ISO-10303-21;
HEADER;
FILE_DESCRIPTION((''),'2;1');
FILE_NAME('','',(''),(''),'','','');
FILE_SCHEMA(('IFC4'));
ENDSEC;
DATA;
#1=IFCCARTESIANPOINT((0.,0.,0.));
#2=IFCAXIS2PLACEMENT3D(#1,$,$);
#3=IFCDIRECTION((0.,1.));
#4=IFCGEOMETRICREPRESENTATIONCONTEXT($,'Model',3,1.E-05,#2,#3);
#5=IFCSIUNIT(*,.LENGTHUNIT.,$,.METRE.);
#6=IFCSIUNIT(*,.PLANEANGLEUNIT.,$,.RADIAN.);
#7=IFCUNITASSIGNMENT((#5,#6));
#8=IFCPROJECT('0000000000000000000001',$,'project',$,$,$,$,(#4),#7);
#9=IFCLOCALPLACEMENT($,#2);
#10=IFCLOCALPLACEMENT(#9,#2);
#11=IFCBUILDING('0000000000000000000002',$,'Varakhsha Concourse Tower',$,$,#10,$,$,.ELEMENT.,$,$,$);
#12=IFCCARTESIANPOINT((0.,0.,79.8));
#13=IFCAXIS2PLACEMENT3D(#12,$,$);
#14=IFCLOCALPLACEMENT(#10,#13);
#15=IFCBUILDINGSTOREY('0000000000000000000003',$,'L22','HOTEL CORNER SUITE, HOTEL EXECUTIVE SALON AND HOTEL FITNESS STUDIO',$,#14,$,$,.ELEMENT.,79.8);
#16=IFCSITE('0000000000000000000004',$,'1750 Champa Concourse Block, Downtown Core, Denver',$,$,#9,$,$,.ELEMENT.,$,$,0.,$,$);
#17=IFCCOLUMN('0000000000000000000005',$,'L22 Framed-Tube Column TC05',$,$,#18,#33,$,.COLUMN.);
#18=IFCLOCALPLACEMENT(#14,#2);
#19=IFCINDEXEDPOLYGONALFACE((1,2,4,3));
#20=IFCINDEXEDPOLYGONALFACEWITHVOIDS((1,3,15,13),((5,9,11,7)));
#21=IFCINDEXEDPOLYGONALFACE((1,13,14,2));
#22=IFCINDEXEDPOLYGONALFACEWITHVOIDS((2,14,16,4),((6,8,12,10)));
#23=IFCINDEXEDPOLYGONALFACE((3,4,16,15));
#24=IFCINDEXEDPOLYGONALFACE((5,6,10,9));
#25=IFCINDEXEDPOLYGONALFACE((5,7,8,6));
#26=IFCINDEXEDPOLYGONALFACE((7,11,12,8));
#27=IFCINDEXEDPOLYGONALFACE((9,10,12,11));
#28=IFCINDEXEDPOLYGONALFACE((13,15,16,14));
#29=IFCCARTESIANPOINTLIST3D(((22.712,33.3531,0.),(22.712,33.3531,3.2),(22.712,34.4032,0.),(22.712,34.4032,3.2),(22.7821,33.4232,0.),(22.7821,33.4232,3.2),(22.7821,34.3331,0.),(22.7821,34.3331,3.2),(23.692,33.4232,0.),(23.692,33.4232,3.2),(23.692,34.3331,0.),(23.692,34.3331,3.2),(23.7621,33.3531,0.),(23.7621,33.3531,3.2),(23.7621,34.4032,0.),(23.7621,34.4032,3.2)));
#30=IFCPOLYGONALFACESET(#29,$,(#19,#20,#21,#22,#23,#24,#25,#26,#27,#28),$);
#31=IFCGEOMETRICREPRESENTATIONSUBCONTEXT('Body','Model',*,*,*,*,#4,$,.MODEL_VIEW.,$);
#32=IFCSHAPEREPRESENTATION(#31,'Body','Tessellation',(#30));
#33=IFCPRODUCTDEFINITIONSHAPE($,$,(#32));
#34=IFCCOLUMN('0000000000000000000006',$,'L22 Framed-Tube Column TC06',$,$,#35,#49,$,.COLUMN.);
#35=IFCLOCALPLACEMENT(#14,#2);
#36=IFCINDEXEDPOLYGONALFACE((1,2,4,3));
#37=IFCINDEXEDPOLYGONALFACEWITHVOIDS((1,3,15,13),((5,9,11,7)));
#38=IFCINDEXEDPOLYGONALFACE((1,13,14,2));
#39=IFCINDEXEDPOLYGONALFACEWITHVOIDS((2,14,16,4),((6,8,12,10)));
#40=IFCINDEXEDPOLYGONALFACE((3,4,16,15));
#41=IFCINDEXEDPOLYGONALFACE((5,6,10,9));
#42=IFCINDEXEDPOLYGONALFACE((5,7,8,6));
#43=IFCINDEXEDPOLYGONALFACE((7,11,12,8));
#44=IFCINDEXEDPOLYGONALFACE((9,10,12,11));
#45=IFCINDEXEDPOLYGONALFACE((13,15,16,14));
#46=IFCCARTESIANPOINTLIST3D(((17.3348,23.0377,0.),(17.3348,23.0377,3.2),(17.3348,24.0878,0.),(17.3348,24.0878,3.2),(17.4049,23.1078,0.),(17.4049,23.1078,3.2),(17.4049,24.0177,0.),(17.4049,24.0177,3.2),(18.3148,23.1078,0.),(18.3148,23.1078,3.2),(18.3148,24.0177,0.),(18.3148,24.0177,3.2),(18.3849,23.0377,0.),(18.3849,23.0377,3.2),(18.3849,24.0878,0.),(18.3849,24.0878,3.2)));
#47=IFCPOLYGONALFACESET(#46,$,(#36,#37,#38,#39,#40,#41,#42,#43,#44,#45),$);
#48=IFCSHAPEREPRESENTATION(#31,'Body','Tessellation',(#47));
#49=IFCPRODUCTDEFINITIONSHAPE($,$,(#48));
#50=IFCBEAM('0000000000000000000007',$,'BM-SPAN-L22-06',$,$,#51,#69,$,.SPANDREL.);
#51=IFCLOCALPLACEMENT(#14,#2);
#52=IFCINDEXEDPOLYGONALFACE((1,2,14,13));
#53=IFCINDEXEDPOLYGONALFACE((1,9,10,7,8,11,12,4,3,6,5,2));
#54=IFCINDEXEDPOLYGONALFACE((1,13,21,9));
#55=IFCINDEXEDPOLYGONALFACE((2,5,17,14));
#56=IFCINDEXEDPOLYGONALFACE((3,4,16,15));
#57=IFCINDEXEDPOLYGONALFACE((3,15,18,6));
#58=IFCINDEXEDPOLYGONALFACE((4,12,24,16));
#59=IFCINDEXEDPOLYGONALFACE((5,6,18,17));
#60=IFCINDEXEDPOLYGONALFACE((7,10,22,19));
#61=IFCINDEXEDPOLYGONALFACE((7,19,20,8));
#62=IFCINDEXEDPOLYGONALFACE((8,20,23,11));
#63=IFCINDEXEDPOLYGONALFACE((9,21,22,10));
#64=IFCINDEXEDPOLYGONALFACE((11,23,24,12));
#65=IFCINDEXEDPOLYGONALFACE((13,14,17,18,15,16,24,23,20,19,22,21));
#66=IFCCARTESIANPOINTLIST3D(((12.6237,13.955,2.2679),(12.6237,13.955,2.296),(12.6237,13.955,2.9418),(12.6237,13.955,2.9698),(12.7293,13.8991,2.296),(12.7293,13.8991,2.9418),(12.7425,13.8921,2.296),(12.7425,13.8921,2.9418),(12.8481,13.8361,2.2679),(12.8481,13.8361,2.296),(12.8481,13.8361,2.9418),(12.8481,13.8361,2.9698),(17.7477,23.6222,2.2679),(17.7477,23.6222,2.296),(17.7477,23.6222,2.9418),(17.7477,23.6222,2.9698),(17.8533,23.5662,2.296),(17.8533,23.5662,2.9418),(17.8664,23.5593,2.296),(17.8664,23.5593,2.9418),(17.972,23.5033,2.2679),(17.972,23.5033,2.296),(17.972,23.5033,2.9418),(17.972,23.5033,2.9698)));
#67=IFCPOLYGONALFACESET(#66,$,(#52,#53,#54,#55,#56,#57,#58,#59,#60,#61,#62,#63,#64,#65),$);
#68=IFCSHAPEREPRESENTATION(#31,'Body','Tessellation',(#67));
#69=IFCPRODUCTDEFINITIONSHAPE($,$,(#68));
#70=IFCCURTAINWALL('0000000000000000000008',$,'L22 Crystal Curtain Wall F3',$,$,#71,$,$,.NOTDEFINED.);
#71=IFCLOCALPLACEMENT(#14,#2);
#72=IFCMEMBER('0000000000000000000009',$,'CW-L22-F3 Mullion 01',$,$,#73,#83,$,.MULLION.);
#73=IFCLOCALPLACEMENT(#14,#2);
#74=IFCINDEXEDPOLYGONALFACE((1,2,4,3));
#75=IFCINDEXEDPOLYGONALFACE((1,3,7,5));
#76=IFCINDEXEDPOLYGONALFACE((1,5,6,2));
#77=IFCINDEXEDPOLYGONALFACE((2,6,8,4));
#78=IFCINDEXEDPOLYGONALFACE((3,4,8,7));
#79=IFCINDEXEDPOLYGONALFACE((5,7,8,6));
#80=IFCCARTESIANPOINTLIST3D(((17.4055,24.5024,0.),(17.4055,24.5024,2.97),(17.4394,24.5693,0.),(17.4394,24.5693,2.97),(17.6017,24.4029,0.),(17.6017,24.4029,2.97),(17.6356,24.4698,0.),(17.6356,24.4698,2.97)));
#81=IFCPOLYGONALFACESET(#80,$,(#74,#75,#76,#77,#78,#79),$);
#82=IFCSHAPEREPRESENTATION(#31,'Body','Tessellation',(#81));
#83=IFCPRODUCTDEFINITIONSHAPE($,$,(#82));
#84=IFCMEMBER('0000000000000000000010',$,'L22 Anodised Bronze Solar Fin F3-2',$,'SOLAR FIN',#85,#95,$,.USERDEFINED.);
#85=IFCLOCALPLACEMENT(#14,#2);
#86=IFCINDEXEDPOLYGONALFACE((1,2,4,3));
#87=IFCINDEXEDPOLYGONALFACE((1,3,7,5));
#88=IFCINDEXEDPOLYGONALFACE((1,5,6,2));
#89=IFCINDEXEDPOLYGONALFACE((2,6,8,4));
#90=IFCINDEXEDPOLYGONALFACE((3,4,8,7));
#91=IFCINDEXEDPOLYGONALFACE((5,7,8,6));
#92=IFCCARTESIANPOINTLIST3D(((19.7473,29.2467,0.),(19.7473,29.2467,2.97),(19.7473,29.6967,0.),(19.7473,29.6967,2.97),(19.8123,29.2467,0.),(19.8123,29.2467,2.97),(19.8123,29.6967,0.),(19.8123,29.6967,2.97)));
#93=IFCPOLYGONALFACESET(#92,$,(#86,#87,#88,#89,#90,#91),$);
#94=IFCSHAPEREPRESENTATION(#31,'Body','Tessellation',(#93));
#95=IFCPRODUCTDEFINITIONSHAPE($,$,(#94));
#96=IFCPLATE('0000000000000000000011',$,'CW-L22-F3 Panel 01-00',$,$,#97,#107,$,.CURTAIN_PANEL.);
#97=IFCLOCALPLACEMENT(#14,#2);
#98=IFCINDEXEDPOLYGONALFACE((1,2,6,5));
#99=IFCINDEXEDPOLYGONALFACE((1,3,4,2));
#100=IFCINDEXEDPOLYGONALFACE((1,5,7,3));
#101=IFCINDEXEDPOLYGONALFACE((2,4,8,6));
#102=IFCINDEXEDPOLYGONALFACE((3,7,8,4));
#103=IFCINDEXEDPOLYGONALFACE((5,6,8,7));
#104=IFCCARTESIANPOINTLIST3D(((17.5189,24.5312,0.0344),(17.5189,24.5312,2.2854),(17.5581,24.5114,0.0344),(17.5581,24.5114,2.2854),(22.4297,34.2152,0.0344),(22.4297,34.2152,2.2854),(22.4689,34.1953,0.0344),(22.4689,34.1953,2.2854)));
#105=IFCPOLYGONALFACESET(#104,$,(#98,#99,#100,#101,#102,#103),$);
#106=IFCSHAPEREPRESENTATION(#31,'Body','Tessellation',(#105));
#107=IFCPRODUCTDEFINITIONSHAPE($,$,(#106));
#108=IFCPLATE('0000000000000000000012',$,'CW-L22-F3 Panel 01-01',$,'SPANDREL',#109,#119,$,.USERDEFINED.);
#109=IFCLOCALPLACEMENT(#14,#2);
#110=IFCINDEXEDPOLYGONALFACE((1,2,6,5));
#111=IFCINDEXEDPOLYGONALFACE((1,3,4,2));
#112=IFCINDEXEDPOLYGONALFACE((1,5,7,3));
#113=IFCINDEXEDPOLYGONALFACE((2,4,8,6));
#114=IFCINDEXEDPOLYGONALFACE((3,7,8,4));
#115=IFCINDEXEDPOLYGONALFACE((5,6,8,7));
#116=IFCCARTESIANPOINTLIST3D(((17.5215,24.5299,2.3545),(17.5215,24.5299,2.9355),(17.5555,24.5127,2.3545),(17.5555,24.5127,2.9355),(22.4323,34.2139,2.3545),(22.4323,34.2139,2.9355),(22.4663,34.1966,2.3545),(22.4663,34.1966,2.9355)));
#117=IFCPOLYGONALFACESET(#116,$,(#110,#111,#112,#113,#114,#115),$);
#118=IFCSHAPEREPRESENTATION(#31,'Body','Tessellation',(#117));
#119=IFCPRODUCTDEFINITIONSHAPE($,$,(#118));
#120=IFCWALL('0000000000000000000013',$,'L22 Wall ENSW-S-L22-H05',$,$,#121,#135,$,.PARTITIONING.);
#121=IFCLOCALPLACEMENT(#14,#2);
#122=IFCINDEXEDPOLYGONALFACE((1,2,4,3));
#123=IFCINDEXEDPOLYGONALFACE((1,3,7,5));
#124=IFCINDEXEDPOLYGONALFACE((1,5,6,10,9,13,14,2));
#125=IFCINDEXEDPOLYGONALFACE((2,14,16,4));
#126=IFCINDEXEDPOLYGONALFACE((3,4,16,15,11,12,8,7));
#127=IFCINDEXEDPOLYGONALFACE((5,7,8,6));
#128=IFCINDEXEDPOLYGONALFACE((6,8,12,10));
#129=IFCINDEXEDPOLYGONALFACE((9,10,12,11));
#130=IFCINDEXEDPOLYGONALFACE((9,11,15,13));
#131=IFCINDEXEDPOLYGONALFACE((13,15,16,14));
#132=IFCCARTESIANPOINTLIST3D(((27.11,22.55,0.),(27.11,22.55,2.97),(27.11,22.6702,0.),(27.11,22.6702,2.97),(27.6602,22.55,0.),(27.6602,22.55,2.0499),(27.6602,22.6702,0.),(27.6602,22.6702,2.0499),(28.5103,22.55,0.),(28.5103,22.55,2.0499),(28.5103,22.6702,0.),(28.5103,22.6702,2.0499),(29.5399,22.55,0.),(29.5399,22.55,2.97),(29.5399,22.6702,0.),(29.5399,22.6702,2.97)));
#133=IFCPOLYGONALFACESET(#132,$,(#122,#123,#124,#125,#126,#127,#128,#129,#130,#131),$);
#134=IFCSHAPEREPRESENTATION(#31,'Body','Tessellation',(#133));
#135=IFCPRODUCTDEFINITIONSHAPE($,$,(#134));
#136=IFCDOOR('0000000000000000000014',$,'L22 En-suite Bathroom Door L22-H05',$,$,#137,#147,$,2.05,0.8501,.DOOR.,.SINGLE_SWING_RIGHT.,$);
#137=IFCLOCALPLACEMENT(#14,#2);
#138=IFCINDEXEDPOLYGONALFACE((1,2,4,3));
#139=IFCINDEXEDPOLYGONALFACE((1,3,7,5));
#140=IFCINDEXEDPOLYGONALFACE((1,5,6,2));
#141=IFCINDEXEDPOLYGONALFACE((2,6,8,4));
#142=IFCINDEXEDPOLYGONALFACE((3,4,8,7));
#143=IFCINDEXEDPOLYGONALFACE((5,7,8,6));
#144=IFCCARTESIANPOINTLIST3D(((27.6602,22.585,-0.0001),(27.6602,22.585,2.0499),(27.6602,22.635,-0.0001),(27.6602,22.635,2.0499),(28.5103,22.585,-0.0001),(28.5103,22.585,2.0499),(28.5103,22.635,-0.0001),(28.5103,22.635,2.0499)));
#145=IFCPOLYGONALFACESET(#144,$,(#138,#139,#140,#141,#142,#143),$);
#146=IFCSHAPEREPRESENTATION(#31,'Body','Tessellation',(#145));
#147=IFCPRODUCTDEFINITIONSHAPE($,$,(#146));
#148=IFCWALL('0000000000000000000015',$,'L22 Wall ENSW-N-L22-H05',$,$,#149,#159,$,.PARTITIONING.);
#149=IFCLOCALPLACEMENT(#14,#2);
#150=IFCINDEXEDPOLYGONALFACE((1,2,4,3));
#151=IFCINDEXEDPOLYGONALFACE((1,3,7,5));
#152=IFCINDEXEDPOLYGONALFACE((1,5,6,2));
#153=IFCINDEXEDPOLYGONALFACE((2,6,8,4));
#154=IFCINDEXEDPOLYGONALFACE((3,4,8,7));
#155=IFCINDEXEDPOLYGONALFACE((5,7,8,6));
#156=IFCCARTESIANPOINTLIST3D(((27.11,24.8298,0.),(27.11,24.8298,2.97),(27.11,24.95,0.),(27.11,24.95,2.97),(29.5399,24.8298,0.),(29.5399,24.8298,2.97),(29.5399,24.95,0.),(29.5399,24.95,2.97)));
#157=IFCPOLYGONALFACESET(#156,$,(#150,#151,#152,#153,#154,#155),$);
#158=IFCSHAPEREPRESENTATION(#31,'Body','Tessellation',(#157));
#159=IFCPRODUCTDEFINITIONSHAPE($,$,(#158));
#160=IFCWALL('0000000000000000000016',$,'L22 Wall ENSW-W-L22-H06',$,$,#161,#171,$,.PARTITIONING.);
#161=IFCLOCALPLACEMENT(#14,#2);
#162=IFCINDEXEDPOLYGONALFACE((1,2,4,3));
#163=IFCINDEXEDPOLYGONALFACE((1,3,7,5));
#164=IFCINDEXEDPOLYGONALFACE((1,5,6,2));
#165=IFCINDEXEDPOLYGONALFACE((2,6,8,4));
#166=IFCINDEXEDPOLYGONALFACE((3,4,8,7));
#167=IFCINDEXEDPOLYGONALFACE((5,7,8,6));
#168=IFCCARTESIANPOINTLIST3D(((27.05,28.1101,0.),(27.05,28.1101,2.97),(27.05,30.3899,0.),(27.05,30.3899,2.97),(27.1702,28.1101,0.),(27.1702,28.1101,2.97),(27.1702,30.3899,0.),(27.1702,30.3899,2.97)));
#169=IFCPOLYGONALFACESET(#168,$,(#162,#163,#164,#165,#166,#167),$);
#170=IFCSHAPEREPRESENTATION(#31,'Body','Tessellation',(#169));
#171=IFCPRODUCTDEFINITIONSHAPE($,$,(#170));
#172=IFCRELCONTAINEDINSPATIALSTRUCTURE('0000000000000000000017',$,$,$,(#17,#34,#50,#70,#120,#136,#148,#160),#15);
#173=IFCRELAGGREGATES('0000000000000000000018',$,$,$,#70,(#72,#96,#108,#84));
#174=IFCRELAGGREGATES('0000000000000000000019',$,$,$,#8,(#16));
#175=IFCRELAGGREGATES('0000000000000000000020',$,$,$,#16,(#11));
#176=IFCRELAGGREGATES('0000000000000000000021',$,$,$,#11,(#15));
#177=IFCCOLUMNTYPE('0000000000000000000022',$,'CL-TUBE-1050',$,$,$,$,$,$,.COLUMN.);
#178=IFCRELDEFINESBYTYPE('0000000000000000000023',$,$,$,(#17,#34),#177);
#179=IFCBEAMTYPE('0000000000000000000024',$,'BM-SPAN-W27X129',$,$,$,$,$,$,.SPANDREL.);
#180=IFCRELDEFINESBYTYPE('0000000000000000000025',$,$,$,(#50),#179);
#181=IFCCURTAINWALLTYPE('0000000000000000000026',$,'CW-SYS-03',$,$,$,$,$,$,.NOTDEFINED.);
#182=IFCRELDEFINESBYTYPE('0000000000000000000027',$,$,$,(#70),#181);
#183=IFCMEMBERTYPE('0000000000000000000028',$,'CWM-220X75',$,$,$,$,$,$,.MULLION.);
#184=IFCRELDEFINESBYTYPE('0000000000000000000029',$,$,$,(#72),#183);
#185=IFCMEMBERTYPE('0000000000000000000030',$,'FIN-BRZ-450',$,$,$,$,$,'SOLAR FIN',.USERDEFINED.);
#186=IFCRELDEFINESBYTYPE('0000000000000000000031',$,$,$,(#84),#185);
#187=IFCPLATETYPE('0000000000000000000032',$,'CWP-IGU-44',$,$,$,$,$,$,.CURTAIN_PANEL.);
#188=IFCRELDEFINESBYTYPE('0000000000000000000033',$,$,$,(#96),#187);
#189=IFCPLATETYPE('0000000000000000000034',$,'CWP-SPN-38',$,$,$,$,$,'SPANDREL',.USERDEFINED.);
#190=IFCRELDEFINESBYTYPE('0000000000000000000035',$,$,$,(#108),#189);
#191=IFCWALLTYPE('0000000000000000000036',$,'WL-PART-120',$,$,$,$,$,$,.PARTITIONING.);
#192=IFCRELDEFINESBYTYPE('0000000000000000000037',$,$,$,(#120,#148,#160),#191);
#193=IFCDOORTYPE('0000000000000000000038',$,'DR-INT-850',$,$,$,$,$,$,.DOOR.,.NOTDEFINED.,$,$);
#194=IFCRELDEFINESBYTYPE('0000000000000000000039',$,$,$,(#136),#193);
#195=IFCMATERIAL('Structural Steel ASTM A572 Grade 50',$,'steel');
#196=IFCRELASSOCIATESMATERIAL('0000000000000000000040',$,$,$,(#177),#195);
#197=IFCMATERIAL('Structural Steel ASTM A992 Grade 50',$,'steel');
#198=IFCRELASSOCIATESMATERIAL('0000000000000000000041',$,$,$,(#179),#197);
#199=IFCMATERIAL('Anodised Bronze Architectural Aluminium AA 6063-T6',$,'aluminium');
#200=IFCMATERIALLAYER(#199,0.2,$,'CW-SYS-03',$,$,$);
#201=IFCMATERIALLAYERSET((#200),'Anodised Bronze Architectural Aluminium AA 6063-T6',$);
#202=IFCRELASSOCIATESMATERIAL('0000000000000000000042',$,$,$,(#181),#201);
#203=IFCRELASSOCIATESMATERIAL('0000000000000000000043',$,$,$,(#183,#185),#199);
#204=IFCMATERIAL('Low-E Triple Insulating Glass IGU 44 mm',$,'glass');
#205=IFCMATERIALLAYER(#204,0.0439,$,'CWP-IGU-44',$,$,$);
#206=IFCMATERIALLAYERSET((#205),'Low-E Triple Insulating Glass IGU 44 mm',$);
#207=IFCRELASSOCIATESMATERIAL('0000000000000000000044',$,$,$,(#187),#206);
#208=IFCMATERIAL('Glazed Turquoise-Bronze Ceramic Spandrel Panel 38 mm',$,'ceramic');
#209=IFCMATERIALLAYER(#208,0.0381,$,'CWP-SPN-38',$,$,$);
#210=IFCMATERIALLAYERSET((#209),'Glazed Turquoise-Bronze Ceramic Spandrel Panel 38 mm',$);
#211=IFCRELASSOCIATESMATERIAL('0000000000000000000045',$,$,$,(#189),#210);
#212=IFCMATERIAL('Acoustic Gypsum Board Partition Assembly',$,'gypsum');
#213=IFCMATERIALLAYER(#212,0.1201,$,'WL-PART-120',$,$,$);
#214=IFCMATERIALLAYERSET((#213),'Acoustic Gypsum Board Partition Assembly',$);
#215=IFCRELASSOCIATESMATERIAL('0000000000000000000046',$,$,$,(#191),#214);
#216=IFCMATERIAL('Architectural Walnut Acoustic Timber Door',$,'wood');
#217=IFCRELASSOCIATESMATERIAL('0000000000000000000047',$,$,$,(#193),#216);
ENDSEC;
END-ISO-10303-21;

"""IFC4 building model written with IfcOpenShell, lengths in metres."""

from ifc_helpers import new_model, si_unit, direction, frame, frame_2d, origin, origin_2d, place, context, subcontext, project, spatial, rectangle, hollow_rectangle, i_section, extrude, source, transform, mapped, material, layer, layer_set, material_profile, profile_set, type_object, type_shapes, element, fill, aggregate, save


model = new_model("IFC4")

# Units and contexts
model_context = context("Model", 3, precision=1e-05, world=origin(), true_north=direction((0.0, 1.0)))
body_context = subcontext(model_context, "Body", "Model", "MODEL_VIEW")
ifc_project = project(units=[si_unit("LENGTHUNIT", "METRE"), si_unit("PLANEANGLEUNIT", "RADIAN")], contexts=[model_context])

# Site, building, storey
site_placement = place(None, origin())
site = spatial("IfcSite", under=ifc_project, at=site_placement, Name="1750 Champa Concourse Block, Downtown Core, Denver", CompositionType="ELEMENT", RefElevation=0.0)
building_placement = place(site_placement, origin())
building = spatial("IfcBuilding", under=site, at=building_placement, Name="Varakhsha Concourse Tower", CompositionType="ELEMENT")
storey_placement = place(building_placement, frame((0.0, 0.0, 79.8)))
storey = spatial("IfcBuildingStorey", under=building, at=storey_placement, Name="L22", Description="HOTEL CORNER SUITE, HOTEL EXECUTIVE SALON AND HOTEL FITNESS STUDIO", CompositionType="ELEMENT", Elevation=79.8)

# Columns
ifc_material_1 = material(Name="Structural Steel ASTM A572 Grade 50", Category="steel")
ifc_material_profile_1 = material_profile(ifc_material_1, hollow_rectangle(XDim=1.05, YDim=1.05, WallThickness=0.0701, at=origin_2d()), Name="BOX 1050x1050x70")
ifc_profile_set_1 = profile_set([ifc_material_profile_1], Name="Structural Steel ASTM A572 Grade 50")
column_type = type_object("IfcColumnType", Name="CL-TUBE-1050", PredefinedType="COLUMN", material=ifc_profile_set_1)
for number, where, z_axis, x_axis, name in (
    (1, (23.2371, 33.8782, 0.0), (0.0, 0.0, 1.0), (1.0, 0.0, 0.0), "L22 Framed-Tube Column TC05"),
    (2, (17.8599, 23.5627, 0.0), (0.0, 0.0, 1.0), (1.0, 0.0, 0.0), "L22 Framed-Tube Column TC06"),
):
    element("IfcColumn", number, at=place(storey_placement, frame(where, z_axis=z_axis, x_axis=x_axis)), inside=storey, type_object=column_type, Name=name, PredefinedType="COLUMN", context=body_context, shape_type="SweptSolid", body=[
        extrude(hollow_rectangle(XDim=1.05, YDim=1.05, WallThickness=0.0701, at=origin_2d()), origin(), (0.0, 0.0, 1.0), 3.2),
    ])

# Beam
ifc_material_2 = material(Name="Structural Steel ASTM A992 Grade 50", Category="steel")
ifc_material_profile_2 = material_profile(ifc_material_2, i_section(OverallWidth=0.2539, OverallDepth=0.7019, WebThickness=0.0149, FlangeThickness=0.0281, at=origin_2d()), Name="W27X129")
ifc_profile_set_2 = profile_set([ifc_material_profile_2], Name="Structural Steel ASTM A992 Grade 50")
beam_type = type_object("IfcBeamType", Name="BM-SPAN-W27X129", PredefinedType="SPANDREL", material=ifc_profile_set_2)
beam_placement = place(storey_placement, frame((17.8599, 23.5627, 2.6189), z_axis=(-0.468321, -0.883558, 0.0), x_axis=(0.883558, -0.468321, 0.0)))
element("IfcBeam", 3, at=beam_placement, inside=storey, type_object=beam_type, Name="BM-SPAN-L22-06", PredefinedType="SPANDREL", context=body_context, shape_type="SweptSolid", body=[
    extrude(i_section(OverallWidth=0.2539, OverallDepth=0.7019, WebThickness=0.0149, FlangeThickness=0.0281, at=origin_2d()), origin(), (0.0, 0.0, 1.0), 10.9412),
])

# Curtain wall, members, plates
ifc_material_3 = material(Name="Anodised Bronze Architectural Aluminium AA 6063-T6", Category="aluminium")
ifc_layer_1 = layer(ifc_material_3, 0.2, Name="CW-SYS-03")
ifc_layer_set_1 = layer_set([ifc_layer_1], Name="Anodised Bronze Architectural Aluminium AA 6063-T6")
curtain_wall_type = type_object("IfcCurtainWallType", Name="CW-SYS-03", PredefinedType="NOTDEFINED", material=ifc_layer_set_1)
curtain_wall_placement = place(storey_placement, origin())
curtain_wall = element("IfcCurtainWall", 4, at=curtain_wall_placement, inside=storey, type_object=curtain_wall_type, Name="L22 Crystal Curtain Wall F3", PredefinedType="NOTDEFINED")
ifc_material_profile_3 = material_profile(ifc_material_3, rectangle(XDim=0.075, YDim=0.22, at=origin_2d()), Name="CWM-220X75")
ifc_profile_set_3 = profile_set([ifc_material_profile_3], Name="Anodised Bronze Architectural Aluminium AA 6063-T6")
member_type_1 = type_object("IfcMemberType", Name="CWM-220X75", PredefinedType="MULLION", material=ifc_profile_set_3)
shared_shape_1 = source(origin(), body_context, "Body", "SweptSolid", [
    extrude(rectangle(XDim=0.075, YDim=0.22, at=origin_2d()), origin(), (0.0, 0.0, 1.0), 2.97),
])
type_shapes(member_type_1, [shared_shape_1])
member_1_placement = place(storey_placement, frame((17.5205, 24.4861, 0.0), z_axis=(0.0, 0.0, 1.0), x_axis=(0.452274, 0.891879, 0.0)))
member_1 = element("IfcMember", 5, at=member_1_placement, type_object=member_type_1, Name="CW-L22-F3 Mullion 01", PredefinedType="MULLION", context=body_context, shape_type="MappedRepresentation", body=[
    mapped(shared_shape_1, transform((0.0, 0.0, 0.0), scale=1.0)),
])
ifc_material_profile_4 = material_profile(ifc_material_3, rectangle(XDim=0.0649, YDim=0.45, at=origin_2d()), Name="FIN-BRZ-450")
ifc_profile_set_4 = profile_set([ifc_material_profile_4], Name="Anodised Bronze Architectural Aluminium AA 6063-T6")
member_type_2 = type_object("IfcMemberType", Name="FIN-BRZ-450", ElementType="SOLAR FIN", PredefinedType="USERDEFINED", material=ifc_profile_set_4)
shared_shape_2 = source(origin(), body_context, "Body", "SweptSolid", [
    extrude(rectangle(XDim=0.0649, YDim=0.45, at=origin_2d()), origin(), (0.0, 0.0, 1.0), 2.97),
])
type_shapes(member_type_2, [shared_shape_2])
member_2_placement = place(storey_placement, frame((19.7798, 29.4717, 0.0), z_axis=(0.0, 0.0, 1.0), x_axis=(1.0, 0.0, 0.0)))
member_2 = element("IfcMember", 6, at=member_2_placement, type_object=member_type_2, Name="L22 Anodised Bronze Solar Fin F3-2", ObjectType="SOLAR FIN", PredefinedType="USERDEFINED", context=body_context, shape_type="MappedRepresentation", body=[
    mapped(shared_shape_2, transform((0.0, 0.0, 0.0), scale=1.0)),
])
ifc_material_4 = material(Name="Low-E Triple Insulating Glass IGU 44 mm", Category="glass")
ifc_layer_2 = layer(ifc_material_4, 0.0439, Name="CWP-IGU-44")
ifc_layer_set_2 = layer_set([ifc_layer_2], Name="Low-E Triple Insulating Glass IGU 44 mm")
plate_type_1 = type_object("IfcPlateType", Name="CWP-IGU-44", PredefinedType="CURTAIN_PANEL", material=ifc_layer_set_2)
shared_shape_3 = source(origin(), body_context, "Body", "SweptSolid", [
    extrude(rectangle(XDim=10.8579, YDim=0.0439, at=origin_2d()), origin(), (0.0, 0.0, 1.0), 2.251),
])
type_shapes(plate_type_1, [shared_shape_3])
plate_1_placement = place(storey_placement, frame((19.9939, 29.3633, 0.0344), z_axis=(0.0, 0.0, 1.0), x_axis=(0.452274, 0.891879, 0.0)))
plate_1 = element("IfcPlate", 7, at=plate_1_placement, type_object=plate_type_1, Name="CW-L22-F3 Panel 01-00", PredefinedType="CURTAIN_PANEL", context=body_context, shape_type="MappedRepresentation", body=[
    mapped(shared_shape_3, transform((0.0, 0.0, 0.0), scale=1.0)),
])
ifc_material_5 = material(Name="Glazed Turquoise-Bronze Ceramic Spandrel Panel 38 mm", Category="ceramic")
ifc_layer_3 = layer(ifc_material_5, 0.0381, Name="CWP-SPN-38")
ifc_layer_set_3 = layer_set([ifc_layer_3], Name="Glazed Turquoise-Bronze Ceramic Spandrel Panel 38 mm")
plate_type_2 = type_object("IfcPlateType", Name="CWP-SPN-38", ElementType="SPANDREL", PredefinedType="USERDEFINED", material=ifc_layer_set_3)
shared_shape_4 = source(origin(), body_context, "Body", "SweptSolid", [
    extrude(rectangle(XDim=10.8579, YDim=0.0381, at=origin_2d()), origin(), (0.0, 0.0, 1.0), 0.5811),
])
type_shapes(plate_type_2, [shared_shape_4])
plate_2_placement = place(storey_placement, frame((19.9939, 29.3633, 2.3545), z_axis=(0.0, 0.0, 1.0), x_axis=(0.452274, 0.891879, 0.0)))
plate_2 = element("IfcPlate", 8, at=plate_2_placement, type_object=plate_type_2, Name="CW-L22-F3 Panel 01-01", ObjectType="SPANDREL", PredefinedType="USERDEFINED", context=body_context, shape_type="MappedRepresentation", body=[
    mapped(shared_shape_4, transform((0.0, 0.0, 0.0), scale=1.0)),
])
aggregate(curtain_wall, [member_1, plate_1, plate_2, member_2])

# Wall, opening, door
ifc_material_6 = material(Name="Acoustic Gypsum Board Partition Assembly", Category="gypsum")
ifc_layer_4 = layer(ifc_material_6, 0.1201, Name="WL-PART-120")
ifc_layer_set_4 = layer_set([ifc_layer_4], Name="Acoustic Gypsum Board Partition Assembly")
wall_type_1 = type_object("IfcWallType", Name="WL-PART-120", PredefinedType="PARTITIONING", material=ifc_layer_set_4)
wall_1_placement = place(storey_placement, frame((27.1101, 22.6101, 0.0), z_axis=(0.0, 0.0, 1.0), x_axis=(1.0, 0.0, 0.0)))
wall_1 = element("IfcWall", 9, at=wall_1_placement, inside=storey, type_object=wall_type_1, Name="L22 Wall ENSW-S-L22-H05", PredefinedType="PARTITIONING", context=body_context, shape_type="SweptSolid", body=[
    extrude(rectangle(XDim=2.4299, YDim=0.1201, at=frame_2d((1.2148, 0.0))), origin(), (0.0, 0.0, 1.0), 2.97),
])
opening_1_placement = place(wall_1_placement, frame((0.55, 0.0, 0.0)))
opening_1 = element("IfcOpeningElement", 10, at=opening_1_placement, cuts=wall_1, PredefinedType="OPENING", context=body_context, shape_type="SweptSolid", body=[
    extrude(rectangle(XDim=0.8501, YDim=2.05, at=frame_2d((0.425, 1.0249))), frame((0.0, 0.0701, 0.0), z_axis=(0.0, -1.0, 0.0), x_axis=(1.0, 0.0, 0.0)), (0.0, 0.0, 1.0), 0.1401),
])
ifc_material_7 = material(Name="Architectural Walnut Acoustic Timber Door", Category="wood")
door_type = type_object("IfcDoorType", Name="DR-INT-850", OperationType="NOTDEFINED", PredefinedType="DOOR", material=ifc_material_7)
door_1_placement = place(opening_1_placement, origin())
door_1 = element("IfcDoor", 11, at=door_1_placement, inside=storey, type_object=door_type, Name="L22 En-suite Bathroom Door L22-H05", OperationType="SINGLE_SWING_RIGHT", OverallHeight=2.05, OverallWidth=0.8501, PredefinedType="DOOR", context=body_context, shape_type="SweptSolid", body=[
    extrude(rectangle(XDim=0.8501, YDim=2.05, at=frame_2d((0.425, 1.0249))), frame((0.0, 0.0249, 0.0), z_axis=(0.0, -1.0, 0.0), x_axis=(1.0, 0.0, 0.0)), (0.0, 0.0, 1.0), 0.05),
])
fill(opening_1, door_1)

# Walls
wall_2_placement = place(storey_placement, frame((27.1101, 24.8899, 0.0), z_axis=(0.0, 0.0, 1.0), x_axis=(1.0, 0.0, 0.0)))
element("IfcWall", 12, at=wall_2_placement, inside=storey, type_object=wall_type_1, Name="L22 Wall ENSW-N-L22-H05", PredefinedType="PARTITIONING", context=body_context, shape_type="SweptSolid", body=[
    extrude(rectangle(XDim=2.4299, YDim=0.1201, at=frame_2d((1.2148, 0.0))), origin(), (0.0, 0.0, 1.0), 2.97),
])
wall_3_placement = place(storey_placement, frame((27.1101, 28.1101, 0.0), z_axis=(0.0, 0.0, 1.0), x_axis=(0.0, 1.0, 0.0)))
element("IfcWall", 13, at=wall_3_placement, inside=storey, type_object=wall_type_1, Name="L22 Wall ENSW-W-L22-H06", PredefinedType="PARTITIONING", context=body_context, shape_type="SweptSolid", body=[
    extrude(rectangle(XDim=2.2798, YDim=0.1201, at=frame_2d((1.1399, 0.0))), origin(), (0.0, 0.0, 1.0), 2.97),
])

save(model, "model.ifc")
